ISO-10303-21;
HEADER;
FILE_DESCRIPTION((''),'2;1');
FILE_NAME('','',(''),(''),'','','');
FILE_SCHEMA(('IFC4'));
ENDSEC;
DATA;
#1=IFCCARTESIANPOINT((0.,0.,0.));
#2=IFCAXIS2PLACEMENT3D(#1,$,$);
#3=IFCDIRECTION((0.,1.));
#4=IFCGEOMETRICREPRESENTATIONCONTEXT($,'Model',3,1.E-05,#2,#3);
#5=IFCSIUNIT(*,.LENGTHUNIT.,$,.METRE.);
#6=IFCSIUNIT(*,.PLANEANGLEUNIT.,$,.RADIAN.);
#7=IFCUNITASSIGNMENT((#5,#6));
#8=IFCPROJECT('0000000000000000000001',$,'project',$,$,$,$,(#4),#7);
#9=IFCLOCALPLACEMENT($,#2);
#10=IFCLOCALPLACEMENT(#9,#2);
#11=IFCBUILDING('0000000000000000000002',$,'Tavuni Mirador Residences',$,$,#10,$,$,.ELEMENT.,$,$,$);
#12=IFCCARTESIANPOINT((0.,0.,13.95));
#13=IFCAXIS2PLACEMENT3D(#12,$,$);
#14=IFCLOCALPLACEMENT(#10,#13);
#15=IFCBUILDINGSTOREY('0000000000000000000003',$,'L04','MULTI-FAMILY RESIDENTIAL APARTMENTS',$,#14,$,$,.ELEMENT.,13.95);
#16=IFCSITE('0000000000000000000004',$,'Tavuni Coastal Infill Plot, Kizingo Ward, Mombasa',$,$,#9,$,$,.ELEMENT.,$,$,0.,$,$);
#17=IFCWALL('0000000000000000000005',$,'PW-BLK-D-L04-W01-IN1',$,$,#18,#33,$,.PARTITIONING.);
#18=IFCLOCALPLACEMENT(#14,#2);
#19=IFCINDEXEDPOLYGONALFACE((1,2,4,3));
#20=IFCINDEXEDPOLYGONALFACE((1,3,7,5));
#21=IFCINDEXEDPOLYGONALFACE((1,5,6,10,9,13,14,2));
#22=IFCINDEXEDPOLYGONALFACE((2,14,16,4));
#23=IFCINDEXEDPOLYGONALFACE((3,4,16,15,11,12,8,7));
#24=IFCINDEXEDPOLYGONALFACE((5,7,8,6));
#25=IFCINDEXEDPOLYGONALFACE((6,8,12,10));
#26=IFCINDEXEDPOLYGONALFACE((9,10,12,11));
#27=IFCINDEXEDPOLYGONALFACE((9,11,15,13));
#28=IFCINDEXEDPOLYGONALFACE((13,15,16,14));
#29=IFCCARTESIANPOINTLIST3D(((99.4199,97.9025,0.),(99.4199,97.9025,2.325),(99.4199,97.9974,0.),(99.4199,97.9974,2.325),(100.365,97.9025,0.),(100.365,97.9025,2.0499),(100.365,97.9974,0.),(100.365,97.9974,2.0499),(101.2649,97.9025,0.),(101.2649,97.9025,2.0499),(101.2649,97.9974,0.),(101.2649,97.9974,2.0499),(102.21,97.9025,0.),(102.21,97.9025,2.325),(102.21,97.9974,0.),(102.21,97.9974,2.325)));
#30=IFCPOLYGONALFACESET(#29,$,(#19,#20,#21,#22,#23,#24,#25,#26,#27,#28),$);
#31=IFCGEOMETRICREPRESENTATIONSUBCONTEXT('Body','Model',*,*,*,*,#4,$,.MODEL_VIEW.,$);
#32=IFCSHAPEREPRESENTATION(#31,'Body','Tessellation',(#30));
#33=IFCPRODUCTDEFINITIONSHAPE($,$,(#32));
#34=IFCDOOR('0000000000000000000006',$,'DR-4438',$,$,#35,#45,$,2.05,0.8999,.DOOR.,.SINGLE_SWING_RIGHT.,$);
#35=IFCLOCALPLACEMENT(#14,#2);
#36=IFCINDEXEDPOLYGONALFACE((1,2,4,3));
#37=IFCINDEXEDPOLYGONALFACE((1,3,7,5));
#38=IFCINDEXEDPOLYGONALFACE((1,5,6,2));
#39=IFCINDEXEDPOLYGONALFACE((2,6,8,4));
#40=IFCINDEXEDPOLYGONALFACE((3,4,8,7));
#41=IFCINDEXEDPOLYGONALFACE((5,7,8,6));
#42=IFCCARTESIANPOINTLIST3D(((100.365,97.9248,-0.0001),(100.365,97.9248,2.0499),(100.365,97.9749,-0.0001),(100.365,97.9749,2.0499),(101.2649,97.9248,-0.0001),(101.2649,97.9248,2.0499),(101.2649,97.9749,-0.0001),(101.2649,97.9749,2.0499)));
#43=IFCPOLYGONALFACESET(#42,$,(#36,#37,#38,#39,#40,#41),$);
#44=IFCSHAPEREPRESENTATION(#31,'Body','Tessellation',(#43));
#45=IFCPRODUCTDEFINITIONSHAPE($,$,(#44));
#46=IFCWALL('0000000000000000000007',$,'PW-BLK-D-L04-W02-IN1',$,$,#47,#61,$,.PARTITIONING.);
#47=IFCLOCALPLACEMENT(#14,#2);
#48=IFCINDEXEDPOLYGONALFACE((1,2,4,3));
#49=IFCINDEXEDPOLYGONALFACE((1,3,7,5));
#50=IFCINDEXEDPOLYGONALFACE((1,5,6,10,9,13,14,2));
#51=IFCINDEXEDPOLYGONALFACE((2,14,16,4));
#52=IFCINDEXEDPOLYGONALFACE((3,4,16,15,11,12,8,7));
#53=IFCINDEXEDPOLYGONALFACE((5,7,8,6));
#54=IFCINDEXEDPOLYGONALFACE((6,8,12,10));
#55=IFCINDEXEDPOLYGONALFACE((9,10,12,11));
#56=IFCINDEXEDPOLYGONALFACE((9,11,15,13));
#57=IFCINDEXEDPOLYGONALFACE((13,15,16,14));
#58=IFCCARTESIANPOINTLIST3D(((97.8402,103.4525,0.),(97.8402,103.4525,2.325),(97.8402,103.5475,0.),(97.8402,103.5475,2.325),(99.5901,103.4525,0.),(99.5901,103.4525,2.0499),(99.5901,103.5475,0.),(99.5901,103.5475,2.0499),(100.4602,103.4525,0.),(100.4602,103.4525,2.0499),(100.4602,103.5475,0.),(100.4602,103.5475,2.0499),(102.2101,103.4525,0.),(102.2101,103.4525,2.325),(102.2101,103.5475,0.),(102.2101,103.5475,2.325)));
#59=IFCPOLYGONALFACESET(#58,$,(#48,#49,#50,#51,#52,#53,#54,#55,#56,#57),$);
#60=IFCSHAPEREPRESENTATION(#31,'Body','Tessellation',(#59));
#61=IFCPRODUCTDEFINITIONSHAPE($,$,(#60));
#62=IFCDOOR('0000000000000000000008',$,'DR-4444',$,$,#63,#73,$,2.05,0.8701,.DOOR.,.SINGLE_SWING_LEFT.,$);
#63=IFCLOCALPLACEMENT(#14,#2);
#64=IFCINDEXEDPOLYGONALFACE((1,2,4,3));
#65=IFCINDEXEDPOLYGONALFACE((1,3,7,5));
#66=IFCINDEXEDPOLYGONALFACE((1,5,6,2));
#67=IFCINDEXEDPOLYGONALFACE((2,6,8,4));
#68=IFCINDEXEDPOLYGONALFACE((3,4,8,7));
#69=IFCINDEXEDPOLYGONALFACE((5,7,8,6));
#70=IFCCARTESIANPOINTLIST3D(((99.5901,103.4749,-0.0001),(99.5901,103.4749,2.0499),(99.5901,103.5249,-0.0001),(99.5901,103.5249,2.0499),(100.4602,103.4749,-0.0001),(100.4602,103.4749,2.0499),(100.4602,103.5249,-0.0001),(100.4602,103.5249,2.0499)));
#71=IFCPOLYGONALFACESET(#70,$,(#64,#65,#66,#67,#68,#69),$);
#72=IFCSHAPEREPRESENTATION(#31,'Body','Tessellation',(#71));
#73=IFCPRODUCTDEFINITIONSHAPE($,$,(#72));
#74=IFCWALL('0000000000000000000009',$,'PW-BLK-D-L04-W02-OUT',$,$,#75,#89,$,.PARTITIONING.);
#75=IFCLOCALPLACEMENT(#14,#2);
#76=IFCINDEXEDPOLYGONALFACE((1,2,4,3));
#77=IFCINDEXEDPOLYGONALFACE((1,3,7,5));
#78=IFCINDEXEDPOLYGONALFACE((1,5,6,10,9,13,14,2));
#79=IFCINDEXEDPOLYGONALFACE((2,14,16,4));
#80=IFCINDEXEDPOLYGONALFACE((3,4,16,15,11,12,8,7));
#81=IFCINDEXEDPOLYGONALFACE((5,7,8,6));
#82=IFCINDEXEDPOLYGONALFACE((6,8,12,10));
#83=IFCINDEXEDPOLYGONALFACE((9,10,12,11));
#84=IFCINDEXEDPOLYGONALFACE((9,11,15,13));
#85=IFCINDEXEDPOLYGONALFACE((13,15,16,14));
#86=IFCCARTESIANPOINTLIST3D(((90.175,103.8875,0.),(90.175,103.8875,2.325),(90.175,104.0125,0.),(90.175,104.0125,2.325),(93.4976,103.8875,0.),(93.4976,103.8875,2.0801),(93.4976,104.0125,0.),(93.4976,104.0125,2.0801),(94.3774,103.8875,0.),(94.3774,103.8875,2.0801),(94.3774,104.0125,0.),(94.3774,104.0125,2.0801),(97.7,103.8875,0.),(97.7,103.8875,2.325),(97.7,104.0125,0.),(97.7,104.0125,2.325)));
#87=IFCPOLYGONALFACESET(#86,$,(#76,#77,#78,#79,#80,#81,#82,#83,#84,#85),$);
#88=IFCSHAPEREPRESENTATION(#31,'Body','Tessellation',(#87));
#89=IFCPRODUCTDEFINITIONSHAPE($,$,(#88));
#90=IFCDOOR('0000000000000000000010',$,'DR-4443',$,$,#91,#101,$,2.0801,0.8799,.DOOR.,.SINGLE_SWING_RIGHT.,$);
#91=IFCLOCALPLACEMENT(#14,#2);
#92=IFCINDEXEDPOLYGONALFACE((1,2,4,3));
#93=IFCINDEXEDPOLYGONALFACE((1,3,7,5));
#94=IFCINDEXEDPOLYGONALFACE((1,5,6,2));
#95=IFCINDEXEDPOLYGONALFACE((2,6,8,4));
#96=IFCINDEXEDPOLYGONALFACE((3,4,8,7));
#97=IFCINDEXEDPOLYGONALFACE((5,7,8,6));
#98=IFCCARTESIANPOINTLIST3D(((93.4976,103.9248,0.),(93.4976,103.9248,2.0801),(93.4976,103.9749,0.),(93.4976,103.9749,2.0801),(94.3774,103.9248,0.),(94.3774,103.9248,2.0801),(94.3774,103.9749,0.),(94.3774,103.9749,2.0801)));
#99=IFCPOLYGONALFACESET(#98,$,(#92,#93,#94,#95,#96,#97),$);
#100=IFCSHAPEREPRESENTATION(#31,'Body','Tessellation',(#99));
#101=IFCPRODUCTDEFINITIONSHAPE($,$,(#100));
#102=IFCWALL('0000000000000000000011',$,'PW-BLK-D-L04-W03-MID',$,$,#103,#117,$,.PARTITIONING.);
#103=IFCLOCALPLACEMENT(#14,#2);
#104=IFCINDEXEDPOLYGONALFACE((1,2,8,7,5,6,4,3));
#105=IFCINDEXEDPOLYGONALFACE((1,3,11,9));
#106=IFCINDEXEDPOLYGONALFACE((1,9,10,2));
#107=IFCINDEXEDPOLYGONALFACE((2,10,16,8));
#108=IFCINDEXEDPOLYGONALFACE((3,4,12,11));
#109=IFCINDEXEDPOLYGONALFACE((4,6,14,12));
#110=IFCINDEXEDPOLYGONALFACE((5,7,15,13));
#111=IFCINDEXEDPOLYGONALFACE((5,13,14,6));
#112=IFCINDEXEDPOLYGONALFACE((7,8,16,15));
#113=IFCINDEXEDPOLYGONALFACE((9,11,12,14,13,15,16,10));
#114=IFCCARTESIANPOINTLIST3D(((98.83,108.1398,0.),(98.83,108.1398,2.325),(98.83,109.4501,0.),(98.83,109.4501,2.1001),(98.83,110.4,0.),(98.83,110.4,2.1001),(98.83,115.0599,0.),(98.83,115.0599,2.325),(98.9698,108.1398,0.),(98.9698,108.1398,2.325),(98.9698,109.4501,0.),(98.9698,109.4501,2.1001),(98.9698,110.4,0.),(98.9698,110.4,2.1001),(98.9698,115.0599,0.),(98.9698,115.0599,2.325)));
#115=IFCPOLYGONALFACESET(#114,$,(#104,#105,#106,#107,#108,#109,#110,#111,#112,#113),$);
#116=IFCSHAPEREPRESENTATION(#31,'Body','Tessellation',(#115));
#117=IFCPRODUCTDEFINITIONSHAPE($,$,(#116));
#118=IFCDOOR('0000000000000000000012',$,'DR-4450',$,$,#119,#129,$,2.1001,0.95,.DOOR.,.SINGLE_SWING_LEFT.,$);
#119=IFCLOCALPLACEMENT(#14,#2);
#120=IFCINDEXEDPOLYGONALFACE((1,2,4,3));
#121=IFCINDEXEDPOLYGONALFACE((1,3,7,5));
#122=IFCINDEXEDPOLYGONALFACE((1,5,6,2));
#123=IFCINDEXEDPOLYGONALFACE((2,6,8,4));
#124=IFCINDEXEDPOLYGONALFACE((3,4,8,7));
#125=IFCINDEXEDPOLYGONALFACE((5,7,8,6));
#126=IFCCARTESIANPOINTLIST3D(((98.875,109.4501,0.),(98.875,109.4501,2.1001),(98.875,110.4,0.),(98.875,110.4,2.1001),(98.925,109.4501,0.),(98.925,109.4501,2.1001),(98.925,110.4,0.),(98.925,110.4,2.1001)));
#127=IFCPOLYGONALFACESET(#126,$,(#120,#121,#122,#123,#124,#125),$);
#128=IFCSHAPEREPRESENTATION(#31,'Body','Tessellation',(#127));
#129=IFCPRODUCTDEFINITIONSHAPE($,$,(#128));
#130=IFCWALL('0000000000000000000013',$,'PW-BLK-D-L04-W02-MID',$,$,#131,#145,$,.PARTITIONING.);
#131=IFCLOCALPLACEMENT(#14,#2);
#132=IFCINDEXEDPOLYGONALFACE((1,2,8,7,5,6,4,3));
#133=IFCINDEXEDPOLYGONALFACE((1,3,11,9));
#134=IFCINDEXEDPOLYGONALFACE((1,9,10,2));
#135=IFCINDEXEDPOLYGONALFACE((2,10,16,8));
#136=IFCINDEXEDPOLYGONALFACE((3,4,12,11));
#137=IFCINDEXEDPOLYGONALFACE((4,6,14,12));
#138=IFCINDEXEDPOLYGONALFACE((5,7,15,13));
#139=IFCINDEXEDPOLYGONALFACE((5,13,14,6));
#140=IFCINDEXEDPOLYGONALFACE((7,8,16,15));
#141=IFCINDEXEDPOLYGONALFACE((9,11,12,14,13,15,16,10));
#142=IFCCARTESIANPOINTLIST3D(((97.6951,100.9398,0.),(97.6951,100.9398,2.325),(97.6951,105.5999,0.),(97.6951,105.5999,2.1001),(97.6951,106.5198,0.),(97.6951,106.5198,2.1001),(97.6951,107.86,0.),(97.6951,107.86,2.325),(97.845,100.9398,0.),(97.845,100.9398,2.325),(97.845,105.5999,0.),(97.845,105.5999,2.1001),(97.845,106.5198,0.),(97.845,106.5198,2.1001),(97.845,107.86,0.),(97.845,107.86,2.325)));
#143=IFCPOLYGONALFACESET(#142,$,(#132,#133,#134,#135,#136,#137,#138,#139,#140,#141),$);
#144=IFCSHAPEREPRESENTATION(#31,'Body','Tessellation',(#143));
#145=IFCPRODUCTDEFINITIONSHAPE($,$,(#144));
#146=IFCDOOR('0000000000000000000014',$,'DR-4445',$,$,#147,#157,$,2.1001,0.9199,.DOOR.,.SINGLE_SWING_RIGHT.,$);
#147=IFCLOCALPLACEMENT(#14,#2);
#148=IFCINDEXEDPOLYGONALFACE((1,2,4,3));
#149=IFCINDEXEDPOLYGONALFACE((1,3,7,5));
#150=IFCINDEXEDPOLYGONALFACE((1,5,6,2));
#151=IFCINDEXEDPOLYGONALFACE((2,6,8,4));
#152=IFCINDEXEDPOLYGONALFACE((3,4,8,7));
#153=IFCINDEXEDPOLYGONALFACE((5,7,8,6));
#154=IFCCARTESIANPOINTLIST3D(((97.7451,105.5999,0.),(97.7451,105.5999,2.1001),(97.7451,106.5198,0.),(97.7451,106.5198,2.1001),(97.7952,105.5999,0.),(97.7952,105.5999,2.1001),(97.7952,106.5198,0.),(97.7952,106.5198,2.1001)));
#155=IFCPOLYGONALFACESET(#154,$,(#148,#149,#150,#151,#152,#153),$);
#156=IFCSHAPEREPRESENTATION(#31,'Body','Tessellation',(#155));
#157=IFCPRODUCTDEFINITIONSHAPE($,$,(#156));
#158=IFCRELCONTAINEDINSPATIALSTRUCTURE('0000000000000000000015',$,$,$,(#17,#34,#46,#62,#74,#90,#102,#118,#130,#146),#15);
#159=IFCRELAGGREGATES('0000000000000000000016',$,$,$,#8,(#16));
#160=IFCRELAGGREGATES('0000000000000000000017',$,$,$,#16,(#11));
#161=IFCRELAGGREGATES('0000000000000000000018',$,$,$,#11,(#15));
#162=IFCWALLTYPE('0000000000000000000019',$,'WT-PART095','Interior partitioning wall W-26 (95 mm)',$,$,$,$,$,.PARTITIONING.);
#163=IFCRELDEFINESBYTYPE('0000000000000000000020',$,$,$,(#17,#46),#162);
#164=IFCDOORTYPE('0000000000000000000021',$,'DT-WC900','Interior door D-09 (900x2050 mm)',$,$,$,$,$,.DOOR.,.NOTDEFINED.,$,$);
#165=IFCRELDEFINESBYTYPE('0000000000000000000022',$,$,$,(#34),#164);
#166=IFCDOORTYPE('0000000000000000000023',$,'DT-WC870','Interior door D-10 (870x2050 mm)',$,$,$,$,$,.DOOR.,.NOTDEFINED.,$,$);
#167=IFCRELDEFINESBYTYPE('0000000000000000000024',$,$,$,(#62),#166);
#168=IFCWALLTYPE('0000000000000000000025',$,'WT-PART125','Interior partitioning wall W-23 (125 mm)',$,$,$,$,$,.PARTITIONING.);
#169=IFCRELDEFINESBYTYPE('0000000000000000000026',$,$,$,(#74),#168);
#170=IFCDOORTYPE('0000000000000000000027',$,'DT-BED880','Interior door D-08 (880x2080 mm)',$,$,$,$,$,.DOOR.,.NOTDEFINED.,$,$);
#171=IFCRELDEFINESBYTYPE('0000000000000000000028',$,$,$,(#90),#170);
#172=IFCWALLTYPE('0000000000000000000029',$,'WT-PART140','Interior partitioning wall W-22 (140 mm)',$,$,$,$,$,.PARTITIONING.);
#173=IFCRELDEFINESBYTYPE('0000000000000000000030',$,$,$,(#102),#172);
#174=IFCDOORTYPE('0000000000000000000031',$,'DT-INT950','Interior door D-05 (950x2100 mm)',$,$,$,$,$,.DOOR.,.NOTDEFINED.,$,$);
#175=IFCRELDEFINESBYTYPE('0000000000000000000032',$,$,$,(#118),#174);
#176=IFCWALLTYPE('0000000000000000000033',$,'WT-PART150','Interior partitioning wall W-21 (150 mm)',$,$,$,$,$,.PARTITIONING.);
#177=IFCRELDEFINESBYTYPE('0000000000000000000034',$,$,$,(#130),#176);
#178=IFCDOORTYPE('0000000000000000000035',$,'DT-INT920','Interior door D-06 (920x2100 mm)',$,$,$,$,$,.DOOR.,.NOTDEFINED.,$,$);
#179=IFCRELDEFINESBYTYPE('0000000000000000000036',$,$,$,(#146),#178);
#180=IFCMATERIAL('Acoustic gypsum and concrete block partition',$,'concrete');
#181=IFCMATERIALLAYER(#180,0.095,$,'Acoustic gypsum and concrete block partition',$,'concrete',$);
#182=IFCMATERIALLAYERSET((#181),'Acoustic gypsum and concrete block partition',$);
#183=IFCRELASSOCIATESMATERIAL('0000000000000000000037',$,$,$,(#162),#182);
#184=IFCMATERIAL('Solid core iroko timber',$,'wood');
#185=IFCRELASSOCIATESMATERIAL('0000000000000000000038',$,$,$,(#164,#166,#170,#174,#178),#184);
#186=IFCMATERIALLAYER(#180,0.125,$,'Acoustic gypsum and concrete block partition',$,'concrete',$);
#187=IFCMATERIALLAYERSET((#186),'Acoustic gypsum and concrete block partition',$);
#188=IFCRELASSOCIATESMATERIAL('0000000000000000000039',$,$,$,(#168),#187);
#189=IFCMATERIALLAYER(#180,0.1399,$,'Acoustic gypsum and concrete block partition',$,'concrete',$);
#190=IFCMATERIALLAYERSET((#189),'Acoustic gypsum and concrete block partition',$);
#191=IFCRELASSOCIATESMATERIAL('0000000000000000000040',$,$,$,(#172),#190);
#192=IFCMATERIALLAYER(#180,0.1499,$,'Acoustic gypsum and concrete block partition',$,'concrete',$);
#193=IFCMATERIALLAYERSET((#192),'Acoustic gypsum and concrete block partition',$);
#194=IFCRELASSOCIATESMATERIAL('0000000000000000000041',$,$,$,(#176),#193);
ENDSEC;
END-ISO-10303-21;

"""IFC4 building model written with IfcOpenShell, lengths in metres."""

from ifc_helpers import new_model, si_unit, direction, frame, frame_2d, origin, place, context, subcontext, project, spatial, rectangle, extrude, material, layer, layer_set, type_object, element, fill, save


model = new_model("IFC4")

# Units and contexts
model_context = context("Model", 3, precision=1e-05, world=origin(), true_north=direction((0.0, 1.0)))
body_context = subcontext(model_context, "Body", "Model", "MODEL_VIEW")
ifc_project = project(units=[si_unit("LENGTHUNIT", "METRE"), si_unit("PLANEANGLEUNIT", "RADIAN")], contexts=[model_context])

# Site, building, storey
site_placement = place(None, origin())
site = spatial("IfcSite", under=ifc_project, at=site_placement, Name="Tavuni Coastal Infill Plot, Kizingo Ward, Mombasa", CompositionType="ELEMENT", RefElevation=0.0)
building_placement = place(site_placement, origin())
building = spatial("IfcBuilding", under=site, at=building_placement, Name="Tavuni Mirador Residences", CompositionType="ELEMENT")
storey_placement = place(building_placement, frame((0.0, 0.0, 13.95)))
storey = spatial("IfcBuildingStorey", under=building, at=storey_placement, Name="L04", Description="MULTI-FAMILY RESIDENTIAL APARTMENTS", CompositionType="ELEMENT", Elevation=13.95)

# Walls, openings, doors
ifc_material_1 = material(Name="Solid core iroko timber", Category="wood")
ifc_material_2 = material(Name="Acoustic gypsum and concrete block partition", Category="concrete")
ifc_layer_1 = layer(ifc_material_2, 0.095, Name="Acoustic gypsum and concrete block partition", Category="concrete")
ifc_layer_set_1 = layer_set([ifc_layer_1], Name="Acoustic gypsum and concrete block partition")
wall_type_1 = type_object("IfcWallType", Name="WT-PART095", Description="Interior partitioning wall W-26 (95 mm)", PredefinedType="PARTITIONING", material=ifc_layer_set_1)
wall_1_placement = place(storey_placement, frame((99.4199, 97.95, 0.0), z_axis=(0.0, 0.0, 1.0), x_axis=(1.0, 0.0, 0.0)))
wall_1 = element("IfcWall", 1, at=wall_1_placement, inside=storey, type_object=wall_type_1, Name="PW-BLK-D-L04-W01-IN1", PredefinedType="PARTITIONING", context=body_context, shape_type="SweptSolid", body=[
    extrude(rectangle(XDim=2.79, YDim=0.095, at=frame_2d((1.395, 0.0))), origin(), (0.0, 0.0, 1.0), 2.325),
])
opening_1_placement = place(wall_1_placement, frame((0.9451, 0.0, 0.0)))
opening_1 = element("IfcOpeningElement", 2, at=opening_1_placement, cuts=wall_1, PredefinedType="OPENING", context=body_context, shape_type="SweptSolid", body=[
    extrude(rectangle(XDim=0.8999, YDim=2.05, at=frame_2d((0.45, 1.0249))), frame((0.0, 0.0576, 0.0), z_axis=(0.0, -1.0, 0.0), x_axis=(1.0, 0.0, 0.0)), (0.0, 0.0, 1.0), 0.115),
])
door_type_1 = type_object("IfcDoorType", Name="DT-WC900", Description="Interior door D-09 (900x2050 mm)", OperationType="NOTDEFINED", PredefinedType="DOOR", material=ifc_material_1)
door_1_placement = place(opening_1_placement, origin())
door_1 = element("IfcDoor", 3, at=door_1_placement, inside=storey, type_object=door_type_1, Name="DR-4438", OperationType="SINGLE_SWING_RIGHT", OverallHeight=2.05, OverallWidth=0.8999, PredefinedType="DOOR", context=body_context, shape_type="SweptSolid", body=[
    extrude(rectangle(XDim=0.8999, YDim=2.05, at=frame_2d((0.45, 1.0249))), frame((0.0, 0.0249, 0.0), z_axis=(0.0, -1.0, 0.0), x_axis=(1.0, 0.0, 0.0)), (0.0, 0.0, 1.0), 0.05),
])
fill(opening_1, door_1)
wall_2_placement = place(storey_placement, frame((97.8401, 103.5, 0.0), z_axis=(0.0, 0.0, 1.0), x_axis=(1.0, 0.0, 0.0)))
wall_2 = element("IfcWall", 4, at=wall_2_placement, inside=storey, type_object=wall_type_1, Name="PW-BLK-D-L04-W02-IN1", PredefinedType="PARTITIONING", context=body_context, shape_type="SweptSolid", body=[
    extrude(rectangle(XDim=4.3699, YDim=0.095, at=frame_2d((2.1851, 0.0))), origin(), (0.0, 0.0, 1.0), 2.325),
])
opening_2_placement = place(wall_2_placement, frame((1.75, 0.0, 0.0)))
opening_2 = element("IfcOpeningElement", 5, at=opening_2_placement, cuts=wall_2, PredefinedType="OPENING", context=body_context, shape_type="SweptSolid", body=[
    extrude(rectangle(XDim=0.8701, YDim=2.05, at=frame_2d((0.4351, 1.0249))), frame((0.0, 0.0576, 0.0), z_axis=(0.0, -1.0, 0.0), x_axis=(1.0, 0.0, 0.0)), (0.0, 0.0, 1.0), 0.115),
])
door_type_2 = type_object("IfcDoorType", Name="DT-WC870", Description="Interior door D-10 (870x2050 mm)", OperationType="NOTDEFINED", PredefinedType="DOOR", material=ifc_material_1)
door_2_placement = place(opening_2_placement, origin())
door_2 = element("IfcDoor", 6, at=door_2_placement, inside=storey, type_object=door_type_2, Name="DR-4444", OperationType="SINGLE_SWING_LEFT", OverallHeight=2.05, OverallWidth=0.8701, PredefinedType="DOOR", context=body_context, shape_type="SweptSolid", body=[
    extrude(rectangle(XDim=0.8701, YDim=2.05, at=frame_2d((0.4351, 1.0249))), frame((0.0, 0.0249, 0.0), z_axis=(0.0, -1.0, 0.0), x_axis=(1.0, 0.0, 0.0)), (0.0, 0.0, 1.0), 0.05),
])
fill(opening_2, door_2)
ifc_layer_2 = layer(ifc_material_2, 0.125, Name="Acoustic gypsum and concrete block partition", Category="concrete")
ifc_layer_set_2 = layer_set([ifc_layer_2], Name="Acoustic gypsum and concrete block partition")
wall_type_2 = type_object("IfcWallType", Name="WT-PART125", Description="Interior partitioning wall W-23 (125 mm)", PredefinedType="PARTITIONING", material=ifc_layer_set_2)
wall_3_placement = place(storey_placement, frame((90.175, 103.95, 0.0), z_axis=(0.0, 0.0, 1.0), x_axis=(1.0, 0.0, 0.0)))
wall_3 = element("IfcWall", 7, at=wall_3_placement, inside=storey, type_object=wall_type_2, Name="PW-BLK-D-L04-W02-OUT", PredefinedType="PARTITIONING", context=body_context, shape_type="SweptSolid", body=[
    extrude(rectangle(XDim=7.5249, YDim=0.125, at=frame_2d((3.7625, 0.0))), origin(), (0.0, 0.0, 1.0), 2.325),
])
opening_3_placement = place(wall_3_placement, frame((3.3225, 0.0, 0.0)))
opening_3 = element("IfcOpeningElement", 8, at=opening_3_placement, cuts=wall_3, PredefinedType="OPENING", context=body_context, shape_type="SweptSolid", body=[
    extrude(rectangle(XDim=0.8799, YDim=2.0801, at=frame_2d((0.4399, 1.04))), frame((0.0, 0.0725, 0.0), z_axis=(0.0, -1.0, 0.0), x_axis=(1.0, 0.0, 0.0)), (0.0, 0.0, 1.0), 0.145),
])
door_type_3 = type_object("IfcDoorType", Name="DT-BED880", Description="Interior door D-08 (880x2080 mm)", OperationType="NOTDEFINED", PredefinedType="DOOR", material=ifc_material_1)
door_3_placement = place(opening_3_placement, origin())
door_3 = element("IfcDoor", 9, at=door_3_placement, inside=storey, type_object=door_type_3, Name="DR-4443", OperationType="SINGLE_SWING_RIGHT", OverallHeight=2.0801, OverallWidth=0.8799, PredefinedType="DOOR", context=body_context, shape_type="SweptSolid", body=[
    extrude(rectangle(XDim=0.8799, YDim=2.0801, at=frame_2d((0.4399, 1.04))), frame((0.0, 0.0249, 0.0), z_axis=(0.0, -1.0, 0.0), x_axis=(1.0, 0.0, 0.0)), (0.0, 0.0, 1.0), 0.05),
])
fill(opening_3, door_3)
ifc_layer_3 = layer(ifc_material_2, 0.1399, Name="Acoustic gypsum and concrete block partition", Category="concrete")
ifc_layer_set_3 = layer_set([ifc_layer_3], Name="Acoustic gypsum and concrete block partition")
wall_type_3 = type_object("IfcWallType", Name="WT-PART140", Description="Interior partitioning wall W-22 (140 mm)", PredefinedType="PARTITIONING", material=ifc_layer_set_3)
wall_4_placement = place(storey_placement, frame((98.8999, 108.1399, 0.0), z_axis=(0.0, 0.0, 1.0), x_axis=(0.0, 1.0, 0.0)))
wall_4 = element("IfcWall", 10, at=wall_4_placement, inside=storey, type_object=wall_type_3, Name="PW-BLK-D-L04-W03-MID", PredefinedType="PARTITIONING", context=body_context, shape_type="SweptSolid", body=[
    extrude(rectangle(XDim=6.9202, YDim=0.1399, at=frame_2d((3.46, 0.0))), origin(), (0.0, 0.0, 1.0), 2.325),
])
opening_4_placement = place(wall_4_placement, frame((1.3101, 0.0, 0.0)))
opening_4 = element("IfcOpeningElement", 11, at=opening_4_placement, cuts=wall_4, PredefinedType="OPENING", context=body_context, shape_type="SweptSolid", body=[
    extrude(rectangle(XDim=0.95, YDim=2.1001, at=frame_2d((0.4751, 1.05))), frame((0.0, 0.0801, 0.0), z_axis=(0.0, -1.0, 0.0), x_axis=(1.0, 0.0, 0.0)), (0.0, 0.0, 1.0), 0.1599),
])
door_type_4 = type_object("IfcDoorType", Name="DT-INT950", Description="Interior door D-05 (950x2100 mm)", OperationType="NOTDEFINED", PredefinedType="DOOR", material=ifc_material_1)
door_4_placement = place(opening_4_placement, origin())
door_4 = element("IfcDoor", 12, at=door_4_placement, inside=storey, type_object=door_type_4, Name="DR-4450", OperationType="SINGLE_SWING_LEFT", OverallHeight=2.1001, OverallWidth=0.95, PredefinedType="DOOR", context=body_context, shape_type="SweptSolid", body=[
    extrude(rectangle(XDim=0.95, YDim=2.1001, at=frame_2d((0.4751, 1.05))), frame((0.0, 0.0249, 0.0), z_axis=(0.0, -1.0, 0.0), x_axis=(1.0, 0.0, 0.0)), (0.0, 0.0, 1.0), 0.05),
])
fill(opening_4, door_4)
ifc_layer_4 = layer(ifc_material_2, 0.1499, Name="Acoustic gypsum and concrete block partition", Category="concrete")
ifc_layer_set_4 = layer_set([ifc_layer_4], Name="Acoustic gypsum and concrete block partition")
wall_type_4 = type_object("IfcWallType", Name="WT-PART150", Description="Interior partitioning wall W-21 (150 mm)", PredefinedType="PARTITIONING", material=ifc_layer_set_4)
wall_5_placement = place(storey_placement, frame((97.77, 100.9399, 0.0), z_axis=(0.0, 0.0, 1.0), x_axis=(0.0, 1.0, 0.0)))
wall_5 = element("IfcWall", 13, at=wall_5_placement, inside=storey, type_object=wall_type_4, Name="PW-BLK-D-L04-W02-MID", PredefinedType="PARTITIONING", context=body_context, shape_type="SweptSolid", body=[
    extrude(rectangle(XDim=6.9202, YDim=0.1499, at=frame_2d((3.46, 0.0))), origin(), (0.0, 0.0, 1.0), 2.325),
])
opening_5_placement = place(wall_5_placement, frame((4.6599, 0.0, 0.0)))
opening_5 = element("IfcOpeningElement", 14, at=opening_5_placement, cuts=wall_5, PredefinedType="OPENING", context=body_context, shape_type="SweptSolid", body=[
    extrude(rectangle(XDim=0.9199, YDim=2.1001, at=frame_2d((0.46, 1.05))), frame((0.0, 0.085, 0.0), z_axis=(0.0, -1.0, 0.0), x_axis=(1.0, 0.0, 0.0)), (0.0, 0.0, 1.0), 0.1699),
])
door_type_5 = type_object("IfcDoorType", Name="DT-INT920", Description="Interior door D-06 (920x2100 mm)", OperationType="NOTDEFINED", PredefinedType="DOOR", material=ifc_material_1)
door_5_placement = place(opening_5_placement, origin())
door_5 = element("IfcDoor", 15, at=door_5_placement, inside=storey, type_object=door_type_5, Name="DR-4445", OperationType="SINGLE_SWING_RIGHT", OverallHeight=2.1001, OverallWidth=0.9199, PredefinedType="DOOR", context=body_context, shape_type="SweptSolid", body=[
    extrude(rectangle(XDim=0.9199, YDim=2.1001, at=frame_2d((0.46, 1.05))), frame((0.0, 0.0249, 0.0), z_axis=(0.0, -1.0, 0.0), x_axis=(1.0, 0.0, 0.0)), (0.0, 0.0, 1.0), 0.05),
])
fill(opening_5, door_5)

save(model, "model.ifc")
